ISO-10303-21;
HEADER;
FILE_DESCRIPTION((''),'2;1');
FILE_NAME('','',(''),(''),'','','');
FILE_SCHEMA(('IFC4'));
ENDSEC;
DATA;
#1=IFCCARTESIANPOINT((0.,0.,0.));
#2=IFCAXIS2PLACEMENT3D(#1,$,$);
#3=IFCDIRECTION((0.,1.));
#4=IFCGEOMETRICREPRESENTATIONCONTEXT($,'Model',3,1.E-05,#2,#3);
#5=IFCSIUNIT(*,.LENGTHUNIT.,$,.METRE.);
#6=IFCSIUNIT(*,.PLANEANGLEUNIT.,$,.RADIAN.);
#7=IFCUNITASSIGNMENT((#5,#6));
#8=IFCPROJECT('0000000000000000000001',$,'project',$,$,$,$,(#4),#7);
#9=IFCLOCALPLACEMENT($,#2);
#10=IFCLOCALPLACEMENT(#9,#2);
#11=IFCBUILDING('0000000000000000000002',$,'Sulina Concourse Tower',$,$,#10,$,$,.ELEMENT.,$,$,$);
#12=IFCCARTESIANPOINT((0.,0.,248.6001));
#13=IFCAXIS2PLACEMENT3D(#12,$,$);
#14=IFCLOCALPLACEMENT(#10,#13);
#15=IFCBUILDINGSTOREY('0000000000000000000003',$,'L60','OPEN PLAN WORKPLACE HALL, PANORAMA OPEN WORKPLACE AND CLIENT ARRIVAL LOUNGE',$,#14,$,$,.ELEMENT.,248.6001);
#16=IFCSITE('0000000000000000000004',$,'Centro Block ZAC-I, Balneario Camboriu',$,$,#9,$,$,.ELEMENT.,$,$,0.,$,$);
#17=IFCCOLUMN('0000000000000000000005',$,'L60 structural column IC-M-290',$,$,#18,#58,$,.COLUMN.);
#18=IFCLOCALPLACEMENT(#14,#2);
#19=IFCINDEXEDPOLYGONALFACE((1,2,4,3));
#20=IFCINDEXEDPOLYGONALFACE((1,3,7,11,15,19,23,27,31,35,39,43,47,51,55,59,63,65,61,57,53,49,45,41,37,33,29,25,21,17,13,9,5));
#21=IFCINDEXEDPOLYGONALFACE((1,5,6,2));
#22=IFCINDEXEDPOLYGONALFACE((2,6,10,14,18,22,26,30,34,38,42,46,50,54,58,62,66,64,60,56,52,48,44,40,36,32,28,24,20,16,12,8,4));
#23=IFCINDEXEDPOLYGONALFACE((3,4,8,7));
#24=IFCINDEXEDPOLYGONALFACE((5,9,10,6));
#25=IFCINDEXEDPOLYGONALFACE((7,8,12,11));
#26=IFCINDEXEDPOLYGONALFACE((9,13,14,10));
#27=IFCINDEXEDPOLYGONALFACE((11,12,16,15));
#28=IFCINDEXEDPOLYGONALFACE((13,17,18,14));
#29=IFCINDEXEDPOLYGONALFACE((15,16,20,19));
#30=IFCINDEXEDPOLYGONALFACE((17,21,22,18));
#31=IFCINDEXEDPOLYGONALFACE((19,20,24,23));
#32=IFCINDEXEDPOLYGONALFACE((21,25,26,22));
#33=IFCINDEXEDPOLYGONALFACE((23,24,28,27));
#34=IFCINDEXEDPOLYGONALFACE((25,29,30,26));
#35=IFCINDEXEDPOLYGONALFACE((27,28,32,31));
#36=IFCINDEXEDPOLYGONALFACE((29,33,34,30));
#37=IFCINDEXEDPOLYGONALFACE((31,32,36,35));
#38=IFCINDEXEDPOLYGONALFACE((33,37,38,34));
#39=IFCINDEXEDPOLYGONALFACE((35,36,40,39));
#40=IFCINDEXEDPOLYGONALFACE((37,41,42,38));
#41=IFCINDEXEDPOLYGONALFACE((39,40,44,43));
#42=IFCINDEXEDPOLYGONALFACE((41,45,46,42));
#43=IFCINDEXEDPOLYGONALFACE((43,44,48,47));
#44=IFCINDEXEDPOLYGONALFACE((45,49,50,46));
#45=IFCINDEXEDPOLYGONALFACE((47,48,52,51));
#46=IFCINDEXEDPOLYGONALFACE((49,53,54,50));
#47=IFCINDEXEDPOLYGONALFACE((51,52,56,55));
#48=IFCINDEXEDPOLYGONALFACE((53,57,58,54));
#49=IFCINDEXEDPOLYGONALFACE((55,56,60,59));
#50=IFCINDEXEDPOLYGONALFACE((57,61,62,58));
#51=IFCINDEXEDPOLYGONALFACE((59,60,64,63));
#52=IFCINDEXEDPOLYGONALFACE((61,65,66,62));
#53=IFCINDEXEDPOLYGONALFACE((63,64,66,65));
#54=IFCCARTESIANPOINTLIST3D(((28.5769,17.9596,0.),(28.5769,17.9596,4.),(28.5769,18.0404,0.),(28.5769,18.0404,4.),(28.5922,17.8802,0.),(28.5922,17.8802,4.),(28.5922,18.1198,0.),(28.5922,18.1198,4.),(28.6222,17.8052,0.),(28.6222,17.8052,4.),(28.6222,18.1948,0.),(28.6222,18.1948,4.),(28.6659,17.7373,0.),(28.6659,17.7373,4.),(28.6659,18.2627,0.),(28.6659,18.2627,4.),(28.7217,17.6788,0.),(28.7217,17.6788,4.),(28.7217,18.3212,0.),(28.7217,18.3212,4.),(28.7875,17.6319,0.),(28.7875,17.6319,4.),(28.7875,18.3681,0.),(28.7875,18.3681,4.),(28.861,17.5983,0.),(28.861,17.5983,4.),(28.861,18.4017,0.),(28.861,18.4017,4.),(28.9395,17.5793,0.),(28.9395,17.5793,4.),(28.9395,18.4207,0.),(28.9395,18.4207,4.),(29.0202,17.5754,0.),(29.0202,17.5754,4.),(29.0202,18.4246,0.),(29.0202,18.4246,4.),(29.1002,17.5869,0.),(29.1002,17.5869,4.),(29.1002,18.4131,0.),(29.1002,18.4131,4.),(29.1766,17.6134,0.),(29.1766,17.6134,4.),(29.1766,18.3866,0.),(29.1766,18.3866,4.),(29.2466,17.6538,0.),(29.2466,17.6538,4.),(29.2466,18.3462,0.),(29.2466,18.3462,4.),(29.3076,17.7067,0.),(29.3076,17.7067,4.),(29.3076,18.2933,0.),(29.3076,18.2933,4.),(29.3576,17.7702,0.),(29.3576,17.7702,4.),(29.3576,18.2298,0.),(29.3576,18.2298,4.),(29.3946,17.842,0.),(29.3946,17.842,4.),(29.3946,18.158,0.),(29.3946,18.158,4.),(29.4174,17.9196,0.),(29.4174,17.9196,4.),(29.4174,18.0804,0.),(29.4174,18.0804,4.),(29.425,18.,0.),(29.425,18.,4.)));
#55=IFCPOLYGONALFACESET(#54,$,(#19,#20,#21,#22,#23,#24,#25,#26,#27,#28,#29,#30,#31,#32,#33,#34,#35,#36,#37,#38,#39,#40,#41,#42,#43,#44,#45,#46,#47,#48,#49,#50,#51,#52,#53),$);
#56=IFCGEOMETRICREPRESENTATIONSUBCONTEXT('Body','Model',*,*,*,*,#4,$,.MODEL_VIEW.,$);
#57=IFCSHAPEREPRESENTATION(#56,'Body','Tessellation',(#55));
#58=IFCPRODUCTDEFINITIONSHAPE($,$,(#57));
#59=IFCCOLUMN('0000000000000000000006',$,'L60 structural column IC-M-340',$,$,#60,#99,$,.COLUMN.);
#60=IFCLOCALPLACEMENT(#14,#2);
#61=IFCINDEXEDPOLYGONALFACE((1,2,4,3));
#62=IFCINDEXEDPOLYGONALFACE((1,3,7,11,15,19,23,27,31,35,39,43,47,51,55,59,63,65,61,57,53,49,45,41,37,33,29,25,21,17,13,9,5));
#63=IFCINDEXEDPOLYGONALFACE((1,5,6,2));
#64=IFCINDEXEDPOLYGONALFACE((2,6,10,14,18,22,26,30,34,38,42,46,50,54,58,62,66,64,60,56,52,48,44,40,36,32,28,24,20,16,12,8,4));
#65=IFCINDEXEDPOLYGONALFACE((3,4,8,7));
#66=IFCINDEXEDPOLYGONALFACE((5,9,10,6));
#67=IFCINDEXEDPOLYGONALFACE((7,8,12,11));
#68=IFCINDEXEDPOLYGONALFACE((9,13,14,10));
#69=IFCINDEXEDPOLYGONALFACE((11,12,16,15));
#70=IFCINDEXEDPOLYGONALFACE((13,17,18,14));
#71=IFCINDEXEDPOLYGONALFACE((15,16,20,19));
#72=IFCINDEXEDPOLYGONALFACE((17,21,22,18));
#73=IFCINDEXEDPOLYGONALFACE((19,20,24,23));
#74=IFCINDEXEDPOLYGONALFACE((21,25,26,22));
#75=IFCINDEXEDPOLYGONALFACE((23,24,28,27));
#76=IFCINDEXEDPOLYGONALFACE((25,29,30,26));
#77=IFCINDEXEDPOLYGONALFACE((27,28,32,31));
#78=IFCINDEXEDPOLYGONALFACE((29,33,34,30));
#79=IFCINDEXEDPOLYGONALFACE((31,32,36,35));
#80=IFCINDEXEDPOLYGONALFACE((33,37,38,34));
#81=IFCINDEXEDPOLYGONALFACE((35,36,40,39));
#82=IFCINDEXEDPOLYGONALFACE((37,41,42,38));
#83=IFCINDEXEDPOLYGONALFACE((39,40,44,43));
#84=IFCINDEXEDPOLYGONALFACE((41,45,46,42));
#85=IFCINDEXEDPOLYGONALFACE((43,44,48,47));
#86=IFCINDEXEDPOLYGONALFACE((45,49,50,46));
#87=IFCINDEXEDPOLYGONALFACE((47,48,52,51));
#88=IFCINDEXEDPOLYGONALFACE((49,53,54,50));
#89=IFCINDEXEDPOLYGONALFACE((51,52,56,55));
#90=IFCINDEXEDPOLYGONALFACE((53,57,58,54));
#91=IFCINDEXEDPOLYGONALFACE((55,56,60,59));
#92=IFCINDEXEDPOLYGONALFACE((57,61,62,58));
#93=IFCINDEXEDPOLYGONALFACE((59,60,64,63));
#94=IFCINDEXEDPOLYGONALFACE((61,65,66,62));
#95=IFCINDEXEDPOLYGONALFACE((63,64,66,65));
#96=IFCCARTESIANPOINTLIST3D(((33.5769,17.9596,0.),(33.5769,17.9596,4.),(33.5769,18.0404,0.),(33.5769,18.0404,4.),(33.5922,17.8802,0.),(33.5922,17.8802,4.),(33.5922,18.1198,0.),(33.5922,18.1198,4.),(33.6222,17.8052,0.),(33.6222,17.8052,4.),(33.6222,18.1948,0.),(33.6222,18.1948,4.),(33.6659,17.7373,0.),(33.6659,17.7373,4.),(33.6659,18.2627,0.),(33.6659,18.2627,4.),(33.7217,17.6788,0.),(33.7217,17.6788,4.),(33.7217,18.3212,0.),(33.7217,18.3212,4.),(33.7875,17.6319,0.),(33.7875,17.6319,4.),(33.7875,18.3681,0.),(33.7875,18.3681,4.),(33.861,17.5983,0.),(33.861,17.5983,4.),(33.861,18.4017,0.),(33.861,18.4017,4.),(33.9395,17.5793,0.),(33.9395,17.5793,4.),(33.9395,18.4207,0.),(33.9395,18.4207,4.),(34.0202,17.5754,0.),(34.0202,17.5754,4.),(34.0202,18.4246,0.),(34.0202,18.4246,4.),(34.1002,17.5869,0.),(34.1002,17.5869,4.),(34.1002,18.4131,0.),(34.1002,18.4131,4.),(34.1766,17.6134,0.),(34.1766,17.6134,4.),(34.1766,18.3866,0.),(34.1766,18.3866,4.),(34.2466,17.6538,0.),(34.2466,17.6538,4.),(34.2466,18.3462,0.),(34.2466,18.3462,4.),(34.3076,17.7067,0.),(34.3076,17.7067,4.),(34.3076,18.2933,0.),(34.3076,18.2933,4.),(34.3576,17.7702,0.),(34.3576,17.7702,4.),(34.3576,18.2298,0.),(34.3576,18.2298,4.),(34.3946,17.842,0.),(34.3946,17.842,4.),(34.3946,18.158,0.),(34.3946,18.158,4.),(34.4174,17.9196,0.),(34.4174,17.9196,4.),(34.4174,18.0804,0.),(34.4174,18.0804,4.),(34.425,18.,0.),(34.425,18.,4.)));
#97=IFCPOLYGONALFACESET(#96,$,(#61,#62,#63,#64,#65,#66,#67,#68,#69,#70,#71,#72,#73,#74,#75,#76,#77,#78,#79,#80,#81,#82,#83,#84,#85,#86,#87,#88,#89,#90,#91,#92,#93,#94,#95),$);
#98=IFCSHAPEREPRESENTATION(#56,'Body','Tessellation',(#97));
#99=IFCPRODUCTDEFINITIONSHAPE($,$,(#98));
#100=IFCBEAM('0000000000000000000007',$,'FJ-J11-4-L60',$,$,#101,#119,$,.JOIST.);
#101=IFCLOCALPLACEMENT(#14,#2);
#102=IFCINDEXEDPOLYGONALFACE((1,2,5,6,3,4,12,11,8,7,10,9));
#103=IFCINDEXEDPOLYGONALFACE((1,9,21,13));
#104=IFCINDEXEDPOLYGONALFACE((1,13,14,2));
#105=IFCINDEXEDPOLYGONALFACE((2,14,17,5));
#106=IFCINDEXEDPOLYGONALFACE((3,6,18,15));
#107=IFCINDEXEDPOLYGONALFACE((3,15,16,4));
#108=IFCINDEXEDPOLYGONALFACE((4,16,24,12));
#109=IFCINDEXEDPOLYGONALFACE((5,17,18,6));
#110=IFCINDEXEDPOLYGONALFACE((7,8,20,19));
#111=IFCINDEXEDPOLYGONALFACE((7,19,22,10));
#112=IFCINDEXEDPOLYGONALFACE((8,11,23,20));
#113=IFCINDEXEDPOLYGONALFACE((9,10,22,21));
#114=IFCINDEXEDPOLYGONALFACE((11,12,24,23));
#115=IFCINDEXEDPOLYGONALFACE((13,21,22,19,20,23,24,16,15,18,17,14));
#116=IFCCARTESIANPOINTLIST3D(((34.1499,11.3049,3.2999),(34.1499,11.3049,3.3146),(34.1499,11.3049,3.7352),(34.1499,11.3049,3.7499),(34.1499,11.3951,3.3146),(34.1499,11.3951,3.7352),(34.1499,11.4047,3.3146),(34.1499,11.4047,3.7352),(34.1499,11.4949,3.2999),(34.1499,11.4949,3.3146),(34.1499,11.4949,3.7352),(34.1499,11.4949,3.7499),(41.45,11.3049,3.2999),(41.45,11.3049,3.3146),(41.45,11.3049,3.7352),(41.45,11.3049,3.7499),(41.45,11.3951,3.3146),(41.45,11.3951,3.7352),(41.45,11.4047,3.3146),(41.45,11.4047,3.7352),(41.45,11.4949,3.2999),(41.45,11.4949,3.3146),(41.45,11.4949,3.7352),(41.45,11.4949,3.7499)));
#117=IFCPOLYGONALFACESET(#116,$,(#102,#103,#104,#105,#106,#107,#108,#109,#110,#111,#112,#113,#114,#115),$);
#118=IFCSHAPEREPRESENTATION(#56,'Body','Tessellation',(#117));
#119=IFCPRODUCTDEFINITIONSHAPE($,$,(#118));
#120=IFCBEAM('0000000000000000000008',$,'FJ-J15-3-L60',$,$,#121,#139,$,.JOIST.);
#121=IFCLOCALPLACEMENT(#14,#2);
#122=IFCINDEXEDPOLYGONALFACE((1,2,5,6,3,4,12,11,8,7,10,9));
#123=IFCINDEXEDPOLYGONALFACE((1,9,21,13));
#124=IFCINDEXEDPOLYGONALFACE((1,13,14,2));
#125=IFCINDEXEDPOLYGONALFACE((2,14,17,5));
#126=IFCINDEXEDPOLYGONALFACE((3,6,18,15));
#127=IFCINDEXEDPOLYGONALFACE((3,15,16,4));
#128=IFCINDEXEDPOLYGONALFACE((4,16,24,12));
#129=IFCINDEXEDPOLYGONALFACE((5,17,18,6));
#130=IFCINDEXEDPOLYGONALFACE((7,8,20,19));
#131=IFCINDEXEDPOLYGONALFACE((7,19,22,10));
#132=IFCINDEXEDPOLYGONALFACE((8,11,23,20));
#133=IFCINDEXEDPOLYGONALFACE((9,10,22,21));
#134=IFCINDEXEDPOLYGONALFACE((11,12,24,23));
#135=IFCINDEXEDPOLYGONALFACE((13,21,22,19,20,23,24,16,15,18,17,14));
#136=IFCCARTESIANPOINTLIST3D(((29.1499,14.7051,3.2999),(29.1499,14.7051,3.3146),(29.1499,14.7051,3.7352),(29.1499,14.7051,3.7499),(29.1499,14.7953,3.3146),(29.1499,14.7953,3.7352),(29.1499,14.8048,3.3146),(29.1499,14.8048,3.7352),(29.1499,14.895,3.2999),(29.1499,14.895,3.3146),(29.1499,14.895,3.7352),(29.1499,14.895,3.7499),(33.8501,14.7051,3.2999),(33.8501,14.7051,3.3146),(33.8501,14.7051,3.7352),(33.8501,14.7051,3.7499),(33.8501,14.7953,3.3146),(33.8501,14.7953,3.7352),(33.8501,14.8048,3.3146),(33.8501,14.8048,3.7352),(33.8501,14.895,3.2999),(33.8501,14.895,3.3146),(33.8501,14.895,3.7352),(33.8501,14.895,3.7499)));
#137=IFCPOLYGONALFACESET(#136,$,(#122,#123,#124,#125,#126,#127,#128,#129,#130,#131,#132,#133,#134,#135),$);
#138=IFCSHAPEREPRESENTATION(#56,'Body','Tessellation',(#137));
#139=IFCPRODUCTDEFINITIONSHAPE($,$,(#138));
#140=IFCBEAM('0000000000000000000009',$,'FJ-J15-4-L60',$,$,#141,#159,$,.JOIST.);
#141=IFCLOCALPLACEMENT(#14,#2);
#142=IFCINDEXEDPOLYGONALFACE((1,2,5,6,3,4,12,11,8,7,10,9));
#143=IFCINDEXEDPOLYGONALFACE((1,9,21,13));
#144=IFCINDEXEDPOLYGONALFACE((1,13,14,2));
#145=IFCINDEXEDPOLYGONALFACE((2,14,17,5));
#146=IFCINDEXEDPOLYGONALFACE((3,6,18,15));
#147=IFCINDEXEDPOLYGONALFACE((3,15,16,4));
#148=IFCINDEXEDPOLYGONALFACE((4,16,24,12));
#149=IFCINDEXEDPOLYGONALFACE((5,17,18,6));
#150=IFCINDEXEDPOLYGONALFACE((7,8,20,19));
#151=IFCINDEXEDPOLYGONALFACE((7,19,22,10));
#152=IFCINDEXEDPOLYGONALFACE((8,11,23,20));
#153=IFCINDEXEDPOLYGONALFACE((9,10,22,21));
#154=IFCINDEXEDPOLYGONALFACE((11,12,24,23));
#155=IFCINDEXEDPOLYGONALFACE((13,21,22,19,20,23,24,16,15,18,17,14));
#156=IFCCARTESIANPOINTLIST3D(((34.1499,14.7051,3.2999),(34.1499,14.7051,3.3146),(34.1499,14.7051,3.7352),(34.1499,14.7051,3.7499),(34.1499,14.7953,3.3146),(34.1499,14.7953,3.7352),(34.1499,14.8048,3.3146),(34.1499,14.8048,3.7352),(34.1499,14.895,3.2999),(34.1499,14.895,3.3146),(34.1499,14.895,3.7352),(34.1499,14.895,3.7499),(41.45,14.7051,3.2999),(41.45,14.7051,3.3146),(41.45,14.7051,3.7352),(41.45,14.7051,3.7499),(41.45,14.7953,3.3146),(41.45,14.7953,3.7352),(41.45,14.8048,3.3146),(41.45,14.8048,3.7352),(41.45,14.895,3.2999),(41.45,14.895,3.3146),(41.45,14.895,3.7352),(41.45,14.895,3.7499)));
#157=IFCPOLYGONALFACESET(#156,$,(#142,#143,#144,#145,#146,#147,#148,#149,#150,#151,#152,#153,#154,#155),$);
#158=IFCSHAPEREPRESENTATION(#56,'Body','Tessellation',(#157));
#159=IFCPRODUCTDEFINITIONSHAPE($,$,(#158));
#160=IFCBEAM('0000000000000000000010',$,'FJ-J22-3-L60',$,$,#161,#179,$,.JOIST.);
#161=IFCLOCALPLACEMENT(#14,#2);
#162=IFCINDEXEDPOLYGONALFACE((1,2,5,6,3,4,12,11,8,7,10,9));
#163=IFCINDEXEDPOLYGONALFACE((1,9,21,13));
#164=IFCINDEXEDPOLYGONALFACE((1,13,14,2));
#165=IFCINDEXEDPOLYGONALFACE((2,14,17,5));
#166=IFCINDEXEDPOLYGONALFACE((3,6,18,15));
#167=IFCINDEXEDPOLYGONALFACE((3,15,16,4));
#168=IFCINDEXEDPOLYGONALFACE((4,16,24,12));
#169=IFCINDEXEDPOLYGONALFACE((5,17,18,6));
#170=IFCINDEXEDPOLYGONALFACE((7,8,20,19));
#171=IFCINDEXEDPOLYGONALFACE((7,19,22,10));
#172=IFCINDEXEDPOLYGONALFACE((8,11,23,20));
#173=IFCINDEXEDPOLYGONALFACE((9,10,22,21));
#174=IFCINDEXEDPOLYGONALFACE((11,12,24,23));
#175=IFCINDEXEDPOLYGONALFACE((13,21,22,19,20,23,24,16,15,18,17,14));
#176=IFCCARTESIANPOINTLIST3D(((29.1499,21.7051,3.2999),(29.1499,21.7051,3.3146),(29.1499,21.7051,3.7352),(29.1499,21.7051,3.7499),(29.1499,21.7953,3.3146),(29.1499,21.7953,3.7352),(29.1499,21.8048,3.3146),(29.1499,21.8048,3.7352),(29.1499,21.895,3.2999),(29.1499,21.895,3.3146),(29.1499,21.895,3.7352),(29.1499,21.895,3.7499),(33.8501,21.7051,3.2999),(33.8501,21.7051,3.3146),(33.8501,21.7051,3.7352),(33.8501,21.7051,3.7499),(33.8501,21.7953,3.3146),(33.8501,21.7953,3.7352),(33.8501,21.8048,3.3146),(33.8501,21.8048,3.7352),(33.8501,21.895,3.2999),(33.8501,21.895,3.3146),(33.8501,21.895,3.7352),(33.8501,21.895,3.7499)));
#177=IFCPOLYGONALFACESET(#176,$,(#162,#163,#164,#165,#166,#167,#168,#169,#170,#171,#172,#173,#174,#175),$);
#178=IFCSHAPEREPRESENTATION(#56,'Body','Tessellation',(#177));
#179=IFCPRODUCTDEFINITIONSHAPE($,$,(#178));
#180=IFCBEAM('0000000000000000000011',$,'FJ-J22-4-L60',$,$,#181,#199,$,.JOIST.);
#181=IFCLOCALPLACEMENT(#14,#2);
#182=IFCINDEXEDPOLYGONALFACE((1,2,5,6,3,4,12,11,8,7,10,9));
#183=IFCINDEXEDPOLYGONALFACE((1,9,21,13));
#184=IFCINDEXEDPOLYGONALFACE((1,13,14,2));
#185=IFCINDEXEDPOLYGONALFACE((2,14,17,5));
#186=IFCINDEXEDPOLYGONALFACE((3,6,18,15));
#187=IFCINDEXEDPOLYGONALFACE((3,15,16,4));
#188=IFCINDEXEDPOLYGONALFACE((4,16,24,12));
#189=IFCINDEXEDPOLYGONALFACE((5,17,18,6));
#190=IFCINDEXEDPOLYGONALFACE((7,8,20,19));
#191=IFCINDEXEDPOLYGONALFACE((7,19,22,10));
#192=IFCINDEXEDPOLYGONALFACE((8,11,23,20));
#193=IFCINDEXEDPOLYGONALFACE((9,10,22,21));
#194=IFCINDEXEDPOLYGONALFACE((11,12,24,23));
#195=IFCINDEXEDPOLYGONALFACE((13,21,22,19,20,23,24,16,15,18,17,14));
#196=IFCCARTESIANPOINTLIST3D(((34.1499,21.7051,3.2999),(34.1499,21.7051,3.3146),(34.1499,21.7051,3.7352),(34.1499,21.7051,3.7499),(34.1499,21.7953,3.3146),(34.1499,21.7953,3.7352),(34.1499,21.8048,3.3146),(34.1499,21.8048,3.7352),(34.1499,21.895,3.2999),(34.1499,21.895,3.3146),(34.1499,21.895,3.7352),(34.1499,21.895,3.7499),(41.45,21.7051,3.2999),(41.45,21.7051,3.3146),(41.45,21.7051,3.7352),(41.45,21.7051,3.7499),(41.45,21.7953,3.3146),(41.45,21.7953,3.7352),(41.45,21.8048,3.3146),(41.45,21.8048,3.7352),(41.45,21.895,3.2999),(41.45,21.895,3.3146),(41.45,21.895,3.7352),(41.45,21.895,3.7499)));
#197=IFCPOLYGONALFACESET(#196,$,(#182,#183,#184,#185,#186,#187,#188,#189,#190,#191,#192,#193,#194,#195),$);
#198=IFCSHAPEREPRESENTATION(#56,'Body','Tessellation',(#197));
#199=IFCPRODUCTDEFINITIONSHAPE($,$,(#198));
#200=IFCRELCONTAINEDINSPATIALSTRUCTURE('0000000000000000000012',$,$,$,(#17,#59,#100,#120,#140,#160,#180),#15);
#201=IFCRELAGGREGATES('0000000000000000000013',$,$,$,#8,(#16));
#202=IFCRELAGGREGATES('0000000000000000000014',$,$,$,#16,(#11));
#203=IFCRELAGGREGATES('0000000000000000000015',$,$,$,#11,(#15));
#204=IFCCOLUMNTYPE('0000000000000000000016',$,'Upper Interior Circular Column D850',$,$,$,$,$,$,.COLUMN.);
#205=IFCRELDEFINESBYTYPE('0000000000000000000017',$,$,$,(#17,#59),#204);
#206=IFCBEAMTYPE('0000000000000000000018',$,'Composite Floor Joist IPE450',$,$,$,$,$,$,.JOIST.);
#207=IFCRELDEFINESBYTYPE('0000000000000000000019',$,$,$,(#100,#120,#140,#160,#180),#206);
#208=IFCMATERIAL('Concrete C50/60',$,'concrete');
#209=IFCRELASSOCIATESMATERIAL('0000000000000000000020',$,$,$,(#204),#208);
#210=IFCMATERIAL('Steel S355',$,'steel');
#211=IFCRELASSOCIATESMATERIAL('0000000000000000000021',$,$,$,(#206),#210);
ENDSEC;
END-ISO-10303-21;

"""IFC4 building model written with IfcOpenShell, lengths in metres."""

from ifc_helpers import new_model, si_unit, direction, frame, origin, origin_2d, place, context, subcontext, project, spatial, circle, i_section, extrude, material, material_profile, profile_set, type_object, element, save


model = new_model("IFC4")

# Units and contexts
model_context = context("Model", 3, precision=1e-05, world=origin(), true_north=direction((0.0, 1.0)))
body_context = subcontext(model_context, "Body", "Model", "MODEL_VIEW")
ifc_project = project(units=[si_unit("LENGTHUNIT", "METRE"), si_unit("PLANEANGLEUNIT", "RADIAN")], contexts=[model_context])

# Site, building, storey
site_placement = place(None, origin())
site = spatial("IfcSite", under=ifc_project, at=site_placement, Name="Centro Block ZAC-I, Balneario Camboriu", CompositionType="ELEMENT", RefElevation=0.0)
building_placement = place(site_placement, origin())
building = spatial("IfcBuilding", under=site, at=building_placement, Name="Sulina Concourse Tower", CompositionType="ELEMENT")
storey_placement = place(building_placement, frame((0.0, 0.0, 248.6001)))
storey = spatial("IfcBuildingStorey", under=building, at=storey_placement, Name="L60", Description="OPEN PLAN WORKPLACE HALL, PANORAMA OPEN WORKPLACE AND CLIENT ARRIVAL LOUNGE", CompositionType="ELEMENT", Elevation=248.6001)

# Columns
ifc_material_1 = material(Name="Concrete C50/60", Category="concrete")
ifc_material_profile_1 = material_profile(ifc_material_1, circle(Radius=0.425, at=origin_2d()), Name="RC D850")
ifc_profile_set_1 = profile_set([ifc_material_profile_1], Name="Concrete C50/60")
column_type = type_object("IfcColumnType", Name="Upper Interior Circular Column D850", PredefinedType="COLUMN", material=ifc_profile_set_1)
for number, where, z_axis, x_axis, name in (
    (1, (29.0, 18.0, 0.0), (0.0, 0.0, 1.0), (1.0, 0.0, 0.0), "L60 structural column IC-M-290"),
    (2, (34.0, 18.0, 0.0), (0.0, 0.0, 1.0), (1.0, 0.0, 0.0), "L60 structural column IC-M-340"),
):
    element("IfcColumn", number, at=place(storey_placement, frame(where, z_axis=z_axis, x_axis=x_axis)), inside=storey, type_object=column_type, Name=name, PredefinedType="COLUMN", context=body_context, shape_type="SweptSolid", body=[
        extrude(circle(Radius=0.425, at=origin_2d()), origin(), (0.0, 0.0, 1.0), 4.0),
    ])

# Beams
ifc_material_2 = material(Name="Steel S355", Category="steel")
ifc_material_profile_2 = material_profile(ifc_material_2, i_section(OverallWidth=0.1899, OverallDepth=0.45, WebThickness=0.0095, FlangeThickness=0.0146, at=origin_2d()), Name="IPE 450")
ifc_profile_set_2 = profile_set([ifc_material_profile_2], Name="Steel S355")
beam_type_1 = type_object("IfcBeamType", Name="Composite Floor Joist IPE450", PredefinedType="JOIST", material=ifc_profile_set_2)
beam_1_placement = place(storey_placement, frame((34.1499, 11.3999, 3.5249), z_axis=(1.0, 0.0, 0.0), x_axis=(0.0, 1.0, 0.0)))
element("IfcBeam", 3, at=beam_1_placement, inside=storey, type_object=beam_type_1, Name="FJ-J11-4-L60", PredefinedType="JOIST", context=body_context, shape_type="SweptSolid", body=[
    extrude(i_section(OverallWidth=0.1899, OverallDepth=0.45, WebThickness=0.0095, FlangeThickness=0.0146, at=origin_2d()), origin(), (0.0, 0.0, 1.0), 7.3),
])
beam_2_placement = place(storey_placement, frame((29.1499, 14.8, 3.5249), z_axis=(1.0, 0.0, 0.0), x_axis=(0.0, 1.0, 0.0)))
element("IfcBeam", 4, at=beam_2_placement, inside=storey, type_object=beam_type_1, Name="FJ-J15-3-L60", PredefinedType="JOIST", context=body_context, shape_type="SweptSolid", body=[
    extrude(i_section(OverallWidth=0.1899, OverallDepth=0.45, WebThickness=0.0095, FlangeThickness=0.0146, at=origin_2d()), origin(), (0.0, 0.0, 1.0), 4.7002),
])
beam_3_placement = place(storey_placement, frame((34.1499, 14.8, 3.5249), z_axis=(1.0, 0.0, 0.0), x_axis=(0.0, 1.0, 0.0)))
element("IfcBeam", 5, at=beam_3_placement, inside=storey, type_object=beam_type_1, Name="FJ-J15-4-L60", PredefinedType="JOIST", context=body_context, shape_type="SweptSolid", body=[
    extrude(i_section(OverallWidth=0.1899, OverallDepth=0.45, WebThickness=0.0095, FlangeThickness=0.0146, at=origin_2d()), origin(), (0.0, 0.0, 1.0), 7.3),
])
beam_4_placement = place(storey_placement, frame((29.1499, 21.8, 3.5249), z_axis=(1.0, 0.0, 0.0), x_axis=(0.0, 1.0, 0.0)))
element("IfcBeam", 6, at=beam_4_placement, inside=storey, type_object=beam_type_1, Name="FJ-J22-3-L60", PredefinedType="JOIST", context=body_context, shape_type="SweptSolid", body=[
    extrude(i_section(OverallWidth=0.1899, OverallDepth=0.45, WebThickness=0.0095, FlangeThickness=0.0146, at=origin_2d()), origin(), (0.0, 0.0, 1.0), 4.7002),
])
beam_5_placement = place(storey_placement, frame((34.1499, 21.8, 3.5249), z_axis=(1.0, 0.0, 0.0), x_axis=(0.0, 1.0, 0.0)))
element("IfcBeam", 7, at=beam_5_placement, inside=storey, type_object=beam_type_1, Name="FJ-J22-4-L60", PredefinedType="JOIST", context=body_context, shape_type="SweptSolid", body=[
    extrude(i_section(OverallWidth=0.1899, OverallDepth=0.45, WebThickness=0.0095, FlangeThickness=0.0146, at=origin_2d()), origin(), (0.0, 0.0, 1.0), 7.3),
])

save(model, "model.ifc")
